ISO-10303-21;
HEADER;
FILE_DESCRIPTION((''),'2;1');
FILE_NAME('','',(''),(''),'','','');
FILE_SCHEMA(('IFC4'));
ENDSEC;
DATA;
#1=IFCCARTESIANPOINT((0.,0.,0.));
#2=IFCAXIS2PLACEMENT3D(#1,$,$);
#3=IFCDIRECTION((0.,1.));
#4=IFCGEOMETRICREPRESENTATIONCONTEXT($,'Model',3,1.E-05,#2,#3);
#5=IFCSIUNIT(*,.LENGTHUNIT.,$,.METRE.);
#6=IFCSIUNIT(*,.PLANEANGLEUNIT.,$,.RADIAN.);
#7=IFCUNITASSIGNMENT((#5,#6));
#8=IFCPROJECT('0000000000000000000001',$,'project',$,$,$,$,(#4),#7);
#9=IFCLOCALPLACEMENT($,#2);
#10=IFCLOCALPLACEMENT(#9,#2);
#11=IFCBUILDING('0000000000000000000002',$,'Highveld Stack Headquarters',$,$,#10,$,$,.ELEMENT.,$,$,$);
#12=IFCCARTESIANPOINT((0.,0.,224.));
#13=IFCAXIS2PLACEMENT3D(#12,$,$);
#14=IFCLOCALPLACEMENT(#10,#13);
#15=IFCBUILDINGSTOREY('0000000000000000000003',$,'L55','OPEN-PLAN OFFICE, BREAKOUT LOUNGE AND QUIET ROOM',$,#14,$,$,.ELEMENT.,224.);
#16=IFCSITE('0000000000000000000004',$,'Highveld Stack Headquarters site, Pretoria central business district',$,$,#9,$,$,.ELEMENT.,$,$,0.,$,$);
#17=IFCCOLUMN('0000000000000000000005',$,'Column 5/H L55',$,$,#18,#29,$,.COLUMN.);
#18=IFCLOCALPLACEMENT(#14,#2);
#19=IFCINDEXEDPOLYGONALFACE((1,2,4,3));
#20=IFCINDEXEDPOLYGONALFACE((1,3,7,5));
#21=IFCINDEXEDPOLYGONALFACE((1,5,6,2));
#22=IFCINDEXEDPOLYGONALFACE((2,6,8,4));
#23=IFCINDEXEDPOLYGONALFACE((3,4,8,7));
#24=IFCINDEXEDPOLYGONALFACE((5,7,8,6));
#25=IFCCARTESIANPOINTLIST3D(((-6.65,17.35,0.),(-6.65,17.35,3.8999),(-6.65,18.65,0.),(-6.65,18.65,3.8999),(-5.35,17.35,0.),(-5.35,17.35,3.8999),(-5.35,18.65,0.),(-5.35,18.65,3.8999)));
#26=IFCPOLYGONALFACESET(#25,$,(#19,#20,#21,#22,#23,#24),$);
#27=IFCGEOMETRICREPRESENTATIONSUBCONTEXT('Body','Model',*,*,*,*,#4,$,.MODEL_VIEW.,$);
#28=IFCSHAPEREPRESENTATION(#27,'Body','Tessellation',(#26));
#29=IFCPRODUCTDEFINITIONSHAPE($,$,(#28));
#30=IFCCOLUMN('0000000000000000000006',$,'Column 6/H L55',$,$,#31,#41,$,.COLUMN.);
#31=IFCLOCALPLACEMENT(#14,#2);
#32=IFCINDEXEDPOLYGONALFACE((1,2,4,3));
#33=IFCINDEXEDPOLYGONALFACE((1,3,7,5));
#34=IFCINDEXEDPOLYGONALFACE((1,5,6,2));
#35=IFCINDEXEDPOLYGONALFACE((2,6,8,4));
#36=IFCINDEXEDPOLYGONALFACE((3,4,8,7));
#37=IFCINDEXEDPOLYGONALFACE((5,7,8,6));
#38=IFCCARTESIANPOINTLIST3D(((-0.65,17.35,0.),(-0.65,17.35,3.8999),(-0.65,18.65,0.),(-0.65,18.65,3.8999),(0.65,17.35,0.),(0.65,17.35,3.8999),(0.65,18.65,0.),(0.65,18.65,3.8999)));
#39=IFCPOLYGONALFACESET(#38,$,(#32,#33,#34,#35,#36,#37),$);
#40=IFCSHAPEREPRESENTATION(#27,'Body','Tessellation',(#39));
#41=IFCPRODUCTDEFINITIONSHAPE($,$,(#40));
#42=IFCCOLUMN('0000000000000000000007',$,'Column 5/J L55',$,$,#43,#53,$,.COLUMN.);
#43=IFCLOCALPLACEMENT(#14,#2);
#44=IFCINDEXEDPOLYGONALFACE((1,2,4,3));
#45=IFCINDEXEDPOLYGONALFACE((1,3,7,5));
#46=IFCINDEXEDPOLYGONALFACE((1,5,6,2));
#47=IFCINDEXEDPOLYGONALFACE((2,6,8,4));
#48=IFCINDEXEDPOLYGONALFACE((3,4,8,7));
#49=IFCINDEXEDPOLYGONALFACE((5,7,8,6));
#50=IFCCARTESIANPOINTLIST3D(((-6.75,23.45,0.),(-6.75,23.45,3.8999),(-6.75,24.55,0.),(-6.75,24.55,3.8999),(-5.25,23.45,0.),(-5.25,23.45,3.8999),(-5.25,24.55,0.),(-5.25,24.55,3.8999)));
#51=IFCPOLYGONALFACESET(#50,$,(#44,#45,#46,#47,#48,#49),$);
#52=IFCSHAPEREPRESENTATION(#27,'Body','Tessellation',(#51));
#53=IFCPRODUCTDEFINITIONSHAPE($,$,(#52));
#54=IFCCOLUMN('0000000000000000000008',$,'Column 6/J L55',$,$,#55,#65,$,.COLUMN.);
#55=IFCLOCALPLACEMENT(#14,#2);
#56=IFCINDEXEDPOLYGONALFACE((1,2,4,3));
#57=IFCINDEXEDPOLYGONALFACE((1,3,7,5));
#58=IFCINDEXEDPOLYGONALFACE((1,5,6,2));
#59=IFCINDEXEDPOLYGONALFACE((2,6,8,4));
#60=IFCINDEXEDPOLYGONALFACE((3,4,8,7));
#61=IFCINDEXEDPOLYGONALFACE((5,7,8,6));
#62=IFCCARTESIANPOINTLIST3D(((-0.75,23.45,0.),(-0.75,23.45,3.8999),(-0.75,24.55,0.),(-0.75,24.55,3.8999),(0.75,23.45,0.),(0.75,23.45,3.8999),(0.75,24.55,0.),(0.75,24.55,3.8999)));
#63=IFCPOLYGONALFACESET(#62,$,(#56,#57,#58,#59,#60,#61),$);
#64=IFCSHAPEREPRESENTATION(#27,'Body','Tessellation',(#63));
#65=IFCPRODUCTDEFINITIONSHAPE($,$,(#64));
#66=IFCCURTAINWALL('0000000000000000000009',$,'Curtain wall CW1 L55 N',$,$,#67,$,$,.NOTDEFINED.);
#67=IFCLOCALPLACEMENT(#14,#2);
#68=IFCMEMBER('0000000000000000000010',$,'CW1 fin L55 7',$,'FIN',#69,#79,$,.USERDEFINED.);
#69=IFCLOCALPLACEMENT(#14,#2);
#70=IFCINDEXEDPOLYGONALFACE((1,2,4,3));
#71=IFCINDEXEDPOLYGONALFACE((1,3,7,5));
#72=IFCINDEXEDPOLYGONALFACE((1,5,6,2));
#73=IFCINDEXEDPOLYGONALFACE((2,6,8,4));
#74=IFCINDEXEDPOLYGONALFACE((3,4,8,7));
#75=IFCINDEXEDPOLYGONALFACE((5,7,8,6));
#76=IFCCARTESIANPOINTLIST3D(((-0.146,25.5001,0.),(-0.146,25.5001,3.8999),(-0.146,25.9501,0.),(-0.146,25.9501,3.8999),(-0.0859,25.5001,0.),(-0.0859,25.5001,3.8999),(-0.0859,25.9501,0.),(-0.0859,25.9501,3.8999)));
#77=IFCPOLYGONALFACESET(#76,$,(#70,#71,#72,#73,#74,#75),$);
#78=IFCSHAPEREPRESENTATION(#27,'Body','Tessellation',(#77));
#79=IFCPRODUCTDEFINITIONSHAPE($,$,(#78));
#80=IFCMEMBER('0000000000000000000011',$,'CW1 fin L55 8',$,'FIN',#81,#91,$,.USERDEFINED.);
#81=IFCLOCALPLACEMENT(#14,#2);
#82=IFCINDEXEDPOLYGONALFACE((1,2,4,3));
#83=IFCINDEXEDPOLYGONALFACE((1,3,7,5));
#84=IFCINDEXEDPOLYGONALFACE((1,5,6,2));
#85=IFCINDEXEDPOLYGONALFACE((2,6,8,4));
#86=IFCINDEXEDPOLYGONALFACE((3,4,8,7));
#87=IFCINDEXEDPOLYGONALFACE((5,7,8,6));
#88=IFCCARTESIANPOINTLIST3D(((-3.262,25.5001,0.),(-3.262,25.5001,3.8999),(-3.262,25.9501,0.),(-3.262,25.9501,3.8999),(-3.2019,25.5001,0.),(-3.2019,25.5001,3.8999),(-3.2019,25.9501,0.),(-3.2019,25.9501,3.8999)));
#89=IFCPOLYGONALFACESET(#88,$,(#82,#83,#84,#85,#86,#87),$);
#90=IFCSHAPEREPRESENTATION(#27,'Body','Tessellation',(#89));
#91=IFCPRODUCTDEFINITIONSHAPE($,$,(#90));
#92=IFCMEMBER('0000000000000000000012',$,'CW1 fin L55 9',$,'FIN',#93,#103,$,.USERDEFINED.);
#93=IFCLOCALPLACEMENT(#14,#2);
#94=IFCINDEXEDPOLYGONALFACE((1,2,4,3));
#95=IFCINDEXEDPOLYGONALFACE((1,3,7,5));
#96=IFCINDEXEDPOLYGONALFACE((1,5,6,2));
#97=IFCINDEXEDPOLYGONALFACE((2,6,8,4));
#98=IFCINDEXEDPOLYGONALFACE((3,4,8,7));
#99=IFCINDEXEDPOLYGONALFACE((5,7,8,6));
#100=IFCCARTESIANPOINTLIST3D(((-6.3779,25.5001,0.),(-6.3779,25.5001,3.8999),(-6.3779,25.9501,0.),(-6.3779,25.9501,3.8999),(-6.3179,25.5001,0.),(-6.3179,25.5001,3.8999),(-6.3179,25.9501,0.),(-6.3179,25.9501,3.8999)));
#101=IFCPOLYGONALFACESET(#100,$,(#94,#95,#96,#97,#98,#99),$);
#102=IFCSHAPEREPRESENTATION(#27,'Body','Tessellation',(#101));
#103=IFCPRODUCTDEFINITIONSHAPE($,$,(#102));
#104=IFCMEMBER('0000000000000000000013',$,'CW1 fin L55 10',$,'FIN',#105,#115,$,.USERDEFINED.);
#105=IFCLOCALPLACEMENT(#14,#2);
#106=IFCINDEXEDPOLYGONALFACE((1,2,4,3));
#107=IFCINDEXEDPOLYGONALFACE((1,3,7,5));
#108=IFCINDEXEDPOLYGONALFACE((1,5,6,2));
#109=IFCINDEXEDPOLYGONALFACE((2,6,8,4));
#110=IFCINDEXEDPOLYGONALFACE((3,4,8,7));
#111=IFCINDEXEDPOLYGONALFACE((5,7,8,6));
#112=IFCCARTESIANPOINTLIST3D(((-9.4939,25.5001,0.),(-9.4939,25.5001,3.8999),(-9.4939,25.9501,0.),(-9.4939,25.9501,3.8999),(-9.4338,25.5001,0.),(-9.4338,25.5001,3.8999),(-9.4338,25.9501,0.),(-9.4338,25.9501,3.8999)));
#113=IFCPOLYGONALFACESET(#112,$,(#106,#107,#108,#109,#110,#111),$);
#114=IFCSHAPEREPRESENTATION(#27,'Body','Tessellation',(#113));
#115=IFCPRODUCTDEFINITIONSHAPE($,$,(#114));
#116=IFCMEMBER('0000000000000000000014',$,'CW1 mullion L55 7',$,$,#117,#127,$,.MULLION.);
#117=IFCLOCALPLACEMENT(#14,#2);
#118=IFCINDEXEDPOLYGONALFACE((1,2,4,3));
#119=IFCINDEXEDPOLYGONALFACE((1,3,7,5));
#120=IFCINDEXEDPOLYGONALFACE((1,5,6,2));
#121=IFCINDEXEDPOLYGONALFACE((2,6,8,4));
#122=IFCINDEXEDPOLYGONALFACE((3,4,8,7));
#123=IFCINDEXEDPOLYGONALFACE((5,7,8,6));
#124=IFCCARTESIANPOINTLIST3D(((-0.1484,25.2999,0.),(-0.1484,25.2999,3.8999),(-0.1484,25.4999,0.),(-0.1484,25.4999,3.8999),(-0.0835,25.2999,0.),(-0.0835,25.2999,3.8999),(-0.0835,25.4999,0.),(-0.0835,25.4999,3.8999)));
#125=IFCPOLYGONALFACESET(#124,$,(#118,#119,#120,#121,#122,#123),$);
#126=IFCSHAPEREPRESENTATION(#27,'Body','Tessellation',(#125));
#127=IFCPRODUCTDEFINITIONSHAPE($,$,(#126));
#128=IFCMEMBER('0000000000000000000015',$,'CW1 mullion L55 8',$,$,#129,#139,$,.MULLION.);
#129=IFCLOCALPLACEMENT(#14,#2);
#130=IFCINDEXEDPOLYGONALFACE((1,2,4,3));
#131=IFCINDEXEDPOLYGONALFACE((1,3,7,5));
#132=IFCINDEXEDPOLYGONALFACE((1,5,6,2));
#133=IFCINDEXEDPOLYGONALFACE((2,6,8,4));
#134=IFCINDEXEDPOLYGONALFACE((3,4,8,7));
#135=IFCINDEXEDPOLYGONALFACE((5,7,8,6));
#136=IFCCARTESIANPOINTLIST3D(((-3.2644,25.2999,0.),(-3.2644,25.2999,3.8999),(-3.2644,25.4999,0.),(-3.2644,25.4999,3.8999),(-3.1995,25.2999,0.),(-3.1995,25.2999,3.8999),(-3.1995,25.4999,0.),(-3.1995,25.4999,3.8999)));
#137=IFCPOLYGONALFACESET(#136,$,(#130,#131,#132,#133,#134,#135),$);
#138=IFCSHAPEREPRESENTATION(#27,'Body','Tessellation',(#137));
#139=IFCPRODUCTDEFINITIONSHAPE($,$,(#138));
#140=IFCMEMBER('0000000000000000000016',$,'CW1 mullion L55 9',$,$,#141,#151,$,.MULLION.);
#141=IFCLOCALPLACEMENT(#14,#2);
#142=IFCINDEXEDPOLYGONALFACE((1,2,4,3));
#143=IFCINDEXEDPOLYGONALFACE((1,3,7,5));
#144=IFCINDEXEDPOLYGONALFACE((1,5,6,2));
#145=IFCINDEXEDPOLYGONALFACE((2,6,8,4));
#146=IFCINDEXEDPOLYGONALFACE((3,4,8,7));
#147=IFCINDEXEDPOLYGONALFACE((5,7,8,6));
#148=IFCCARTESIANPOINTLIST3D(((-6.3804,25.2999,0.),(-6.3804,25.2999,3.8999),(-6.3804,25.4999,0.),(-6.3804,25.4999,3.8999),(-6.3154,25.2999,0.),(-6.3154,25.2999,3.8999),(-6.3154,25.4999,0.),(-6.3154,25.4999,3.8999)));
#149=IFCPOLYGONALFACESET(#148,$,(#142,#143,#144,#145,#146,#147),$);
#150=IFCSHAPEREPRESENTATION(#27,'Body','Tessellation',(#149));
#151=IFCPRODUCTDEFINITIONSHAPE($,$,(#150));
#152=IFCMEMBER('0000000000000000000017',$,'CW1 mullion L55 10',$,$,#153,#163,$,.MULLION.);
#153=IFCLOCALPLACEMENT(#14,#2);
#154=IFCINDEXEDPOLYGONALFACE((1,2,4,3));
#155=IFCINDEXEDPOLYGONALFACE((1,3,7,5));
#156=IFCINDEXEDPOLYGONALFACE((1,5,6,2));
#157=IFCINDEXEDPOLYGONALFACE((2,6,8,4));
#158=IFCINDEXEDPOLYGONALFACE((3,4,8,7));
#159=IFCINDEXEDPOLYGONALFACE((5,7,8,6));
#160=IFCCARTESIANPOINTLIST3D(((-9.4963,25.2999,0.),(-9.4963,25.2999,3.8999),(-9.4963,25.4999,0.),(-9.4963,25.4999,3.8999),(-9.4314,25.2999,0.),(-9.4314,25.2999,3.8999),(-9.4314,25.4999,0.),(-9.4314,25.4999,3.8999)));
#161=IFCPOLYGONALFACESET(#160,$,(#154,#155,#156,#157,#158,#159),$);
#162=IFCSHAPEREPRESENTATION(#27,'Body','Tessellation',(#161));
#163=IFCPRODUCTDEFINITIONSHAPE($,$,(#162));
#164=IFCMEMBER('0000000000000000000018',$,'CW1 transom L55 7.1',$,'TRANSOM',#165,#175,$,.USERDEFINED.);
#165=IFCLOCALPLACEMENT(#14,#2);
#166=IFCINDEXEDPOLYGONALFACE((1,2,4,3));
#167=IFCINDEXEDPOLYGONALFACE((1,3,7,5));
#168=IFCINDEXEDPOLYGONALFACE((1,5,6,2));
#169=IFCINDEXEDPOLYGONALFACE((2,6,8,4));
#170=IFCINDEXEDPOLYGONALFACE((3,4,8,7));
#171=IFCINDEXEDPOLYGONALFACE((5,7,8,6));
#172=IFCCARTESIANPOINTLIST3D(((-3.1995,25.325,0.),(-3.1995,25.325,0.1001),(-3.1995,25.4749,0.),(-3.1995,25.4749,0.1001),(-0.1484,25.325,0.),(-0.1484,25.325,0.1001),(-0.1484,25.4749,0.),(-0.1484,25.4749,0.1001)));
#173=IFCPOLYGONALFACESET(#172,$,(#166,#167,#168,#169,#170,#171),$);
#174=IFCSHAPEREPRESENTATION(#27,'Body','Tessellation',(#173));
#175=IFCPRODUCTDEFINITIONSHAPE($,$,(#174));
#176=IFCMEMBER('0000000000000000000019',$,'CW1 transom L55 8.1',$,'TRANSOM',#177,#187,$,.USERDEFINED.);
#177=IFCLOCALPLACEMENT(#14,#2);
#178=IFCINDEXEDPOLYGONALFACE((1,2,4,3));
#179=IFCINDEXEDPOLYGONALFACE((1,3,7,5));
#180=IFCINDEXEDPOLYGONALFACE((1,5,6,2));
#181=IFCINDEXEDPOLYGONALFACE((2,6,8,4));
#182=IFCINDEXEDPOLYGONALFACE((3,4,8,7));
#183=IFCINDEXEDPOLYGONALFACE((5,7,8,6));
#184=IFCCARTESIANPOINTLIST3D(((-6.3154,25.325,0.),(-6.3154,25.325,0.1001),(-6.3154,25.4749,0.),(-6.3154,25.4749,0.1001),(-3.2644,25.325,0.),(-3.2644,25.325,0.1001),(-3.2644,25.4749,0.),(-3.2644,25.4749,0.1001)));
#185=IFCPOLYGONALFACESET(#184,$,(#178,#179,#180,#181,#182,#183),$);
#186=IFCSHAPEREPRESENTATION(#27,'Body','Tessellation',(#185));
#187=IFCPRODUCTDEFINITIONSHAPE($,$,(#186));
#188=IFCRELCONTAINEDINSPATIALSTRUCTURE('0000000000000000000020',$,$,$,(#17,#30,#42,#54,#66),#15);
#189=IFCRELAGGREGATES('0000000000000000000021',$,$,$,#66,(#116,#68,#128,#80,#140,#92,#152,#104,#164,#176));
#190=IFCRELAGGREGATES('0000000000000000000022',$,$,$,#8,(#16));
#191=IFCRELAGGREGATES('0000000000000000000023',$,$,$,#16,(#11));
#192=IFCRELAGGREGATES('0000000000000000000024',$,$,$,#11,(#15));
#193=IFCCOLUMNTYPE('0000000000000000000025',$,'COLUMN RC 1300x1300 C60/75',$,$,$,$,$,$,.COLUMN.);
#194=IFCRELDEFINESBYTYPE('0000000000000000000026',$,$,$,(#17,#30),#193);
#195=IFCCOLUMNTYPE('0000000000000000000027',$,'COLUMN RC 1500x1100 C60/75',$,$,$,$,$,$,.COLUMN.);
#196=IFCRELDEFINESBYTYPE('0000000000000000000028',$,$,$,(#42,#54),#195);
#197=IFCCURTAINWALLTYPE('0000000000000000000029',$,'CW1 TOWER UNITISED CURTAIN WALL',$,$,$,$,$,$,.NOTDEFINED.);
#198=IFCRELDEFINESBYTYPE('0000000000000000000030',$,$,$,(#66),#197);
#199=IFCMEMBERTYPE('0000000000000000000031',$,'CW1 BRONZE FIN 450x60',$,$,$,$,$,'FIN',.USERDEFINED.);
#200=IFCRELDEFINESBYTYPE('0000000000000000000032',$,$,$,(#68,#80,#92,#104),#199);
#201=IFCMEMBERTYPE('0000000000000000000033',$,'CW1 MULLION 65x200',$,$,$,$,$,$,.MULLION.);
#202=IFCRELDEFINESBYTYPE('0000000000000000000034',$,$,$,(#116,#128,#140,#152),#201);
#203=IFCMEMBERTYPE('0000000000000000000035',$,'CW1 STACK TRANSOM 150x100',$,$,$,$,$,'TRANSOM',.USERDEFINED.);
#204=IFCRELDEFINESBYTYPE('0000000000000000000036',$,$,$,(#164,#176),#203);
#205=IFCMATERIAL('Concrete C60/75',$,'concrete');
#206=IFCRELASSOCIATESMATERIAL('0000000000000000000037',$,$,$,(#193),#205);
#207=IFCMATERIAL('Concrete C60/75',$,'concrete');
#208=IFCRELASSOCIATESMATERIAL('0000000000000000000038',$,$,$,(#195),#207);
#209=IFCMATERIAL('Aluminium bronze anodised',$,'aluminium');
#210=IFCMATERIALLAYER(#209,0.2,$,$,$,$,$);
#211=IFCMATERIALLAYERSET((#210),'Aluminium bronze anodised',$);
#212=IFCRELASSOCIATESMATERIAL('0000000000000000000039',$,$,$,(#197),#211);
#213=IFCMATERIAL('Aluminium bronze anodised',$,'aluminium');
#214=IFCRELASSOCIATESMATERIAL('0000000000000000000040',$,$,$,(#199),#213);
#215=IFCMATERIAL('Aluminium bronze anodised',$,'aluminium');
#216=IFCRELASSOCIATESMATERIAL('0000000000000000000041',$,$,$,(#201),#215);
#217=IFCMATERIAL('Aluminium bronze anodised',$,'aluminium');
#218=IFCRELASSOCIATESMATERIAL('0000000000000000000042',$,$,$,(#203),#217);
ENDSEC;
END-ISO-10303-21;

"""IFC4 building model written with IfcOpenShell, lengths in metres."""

from ifc_helpers import new_model, si_unit, direction, frame, origin, origin_2d, place, context, subcontext, project, spatial, rectangle, extrude, material, layer, layer_set, material_profile, profile_set, type_object, element, aggregate, save


model = new_model("IFC4")

# Units and contexts
model_context = context("Model", 3, precision=1e-05, world=origin(), true_north=direction((0.0, 1.0)))
body_context = subcontext(model_context, "Body", "Model", "MODEL_VIEW")
ifc_project = project(units=[si_unit("LENGTHUNIT", "METRE"), si_unit("PLANEANGLEUNIT", "RADIAN")], contexts=[model_context])

# Site, building, storey
site_placement = place(None, origin())
site = spatial("IfcSite", under=ifc_project, at=site_placement, Name="Highveld Stack Headquarters site, Pretoria central business district", CompositionType="ELEMENT", RefElevation=0.0)
building_placement = place(site_placement, origin())
building = spatial("IfcBuilding", under=site, at=building_placement, Name="Highveld Stack Headquarters", CompositionType="ELEMENT")
storey_placement = place(building_placement, frame((0.0, 0.0, 224.0)))
storey = spatial("IfcBuildingStorey", under=building, at=storey_placement, Name="L55", Description="OPEN-PLAN OFFICE, BREAKOUT LOUNGE AND QUIET ROOM", CompositionType="ELEMENT", Elevation=224.0)

# Columns
ifc_material_1 = material(Name="Concrete C60/75", Category="concrete")
ifc_material_profile_1 = material_profile(ifc_material_1, rectangle(XDim=1.3, YDim=1.3, at=origin_2d()), Name="RC 1300x1300")
ifc_profile_set_1 = profile_set([ifc_material_profile_1], Name="Concrete C60/75")
column_type_1 = type_object("IfcColumnType", Name="COLUMN RC 1300x1300 C60/75", PredefinedType="COLUMN", material=ifc_profile_set_1)
for number, where, z_axis, x_axis, name in (
    (1, (-6.0, 18.0, 0.0), (0.0, 0.0, 1.0), (1.0, 0.0, 0.0), "Column 5/H L55"),
    (2, (0.0, 18.0, 0.0), (0.0, 0.0, 1.0), (1.0, 0.0, 0.0), "Column 6/H L55"),
):
    element("IfcColumn", number, at=place(storey_placement, frame(where, z_axis=z_axis, x_axis=x_axis)), inside=storey, type_object=column_type_1, Name=name, PredefinedType="COLUMN", context=body_context, shape_type="SweptSolid", body=[
        extrude(rectangle(XDim=1.3, YDim=1.3, at=origin_2d()), origin(), (0.0, 0.0, 1.0), 3.8999),
    ])
ifc_material_2 = material(Name="Concrete C60/75", Category="concrete")
ifc_material_profile_2 = material_profile(ifc_material_2, rectangle(XDim=1.5, YDim=1.1001, at=origin_2d()), Name="RC 1500x1100")
ifc_profile_set_2 = profile_set([ifc_material_profile_2], Name="Concrete C60/75")
column_type_2 = type_object("IfcColumnType", Name="COLUMN RC 1500x1100 C60/75", PredefinedType="COLUMN", material=ifc_profile_set_2)
for number, where, z_axis, x_axis, name in (
    (3, (-6.0, 24.0, 0.0), (0.0, 0.0, 1.0), (1.0, 0.0, 0.0), "Column 5/J L55"),
    (4, (0.0, 24.0, 0.0), (0.0, 0.0, 1.0), (1.0, 0.0, 0.0), "Column 6/J L55"),
):
    element("IfcColumn", number, at=place(storey_placement, frame(where, z_axis=z_axis, x_axis=x_axis)), inside=storey, type_object=column_type_2, Name=name, PredefinedType="COLUMN", context=body_context, shape_type="SweptSolid", body=[
        extrude(rectangle(XDim=1.5, YDim=1.1001, at=origin_2d()), origin(), (0.0, 0.0, 1.0), 3.8999),
    ])

# Curtain wall, members
ifc_material_3 = material(Name="Aluminium bronze anodised", Category="aluminium")
ifc_layer_1 = layer(ifc_material_3, 0.2)
ifc_layer_set_1 = layer_set([ifc_layer_1], Name="Aluminium bronze anodised")
curtain_wall_type = type_object("IfcCurtainWallType", Name="CW1 TOWER UNITISED CURTAIN WALL", PredefinedType="NOTDEFINED", material=ifc_layer_set_1)
curtain_wall_placement = place(storey_placement, origin())
curtain_wall = element("IfcCurtainWall", 5, at=curtain_wall_placement, inside=storey, type_object=curtain_wall_type, Name="Curtain wall CW1 L55 N", PredefinedType="NOTDEFINED")
ifc_material_4 = material(Name="Aluminium bronze anodised", Category="aluminium")
ifc_material_profile_3 = material_profile(ifc_material_4, rectangle(XDim=0.45, YDim=0.0601, at=origin_2d()), Name="FIN 450x60")
ifc_profile_set_3 = profile_set([ifc_material_profile_3], Name="Aluminium bronze anodised")
member_type_1 = type_object("IfcMemberType", Name="CW1 BRONZE FIN 450x60", ElementType="FIN", PredefinedType="USERDEFINED", material=ifc_profile_set_3)
member_1_placement = place(storey_placement, frame((-0.116, 25.7251, 0.0), z_axis=(0.0, 0.0, 1.0), x_axis=(0.0, -1.0, 0.0)))
member_1 = element("IfcMember", 6, at=member_1_placement, type_object=member_type_1, Name="CW1 fin L55 7", ObjectType="FIN", PredefinedType="USERDEFINED", context=body_context, shape_type="SweptSolid", body=[
    extrude(rectangle(XDim=0.45, YDim=0.0601, at=origin_2d()), origin(), (0.0, 0.0, 1.0), 3.8999),
])
member_2_placement = place(storey_placement, frame((-3.2319, 25.7251, 0.0), z_axis=(0.0, 0.0, 1.0), x_axis=(0.0, -1.0, 0.0)))
member_2 = element("IfcMember", 7, at=member_2_placement, type_object=member_type_1, Name="CW1 fin L55 8", ObjectType="FIN", PredefinedType="USERDEFINED", context=body_context, shape_type="SweptSolid", body=[
    extrude(rectangle(XDim=0.45, YDim=0.0601, at=origin_2d()), origin(), (0.0, 0.0, 1.0), 3.8999),
])
member_3_placement = place(storey_placement, frame((-6.3479, 25.7251, 0.0), z_axis=(0.0, 0.0, 1.0), x_axis=(0.0, -1.0, 0.0)))
member_3 = element("IfcMember", 8, at=member_3_placement, type_object=member_type_1, Name="CW1 fin L55 9", ObjectType="FIN", PredefinedType="USERDEFINED", context=body_context, shape_type="SweptSolid", body=[
    extrude(rectangle(XDim=0.45, YDim=0.0601, at=origin_2d()), origin(), (0.0, 0.0, 1.0), 3.8999),
])
member_4_placement = place(storey_placement, frame((-9.4639, 25.7251, 0.0), z_axis=(0.0, 0.0, 1.0), x_axis=(0.0, -1.0, 0.0)))
member_4 = element("IfcMember", 9, at=member_4_placement, type_object=member_type_1, Name="CW1 fin L55 10", ObjectType="FIN", PredefinedType="USERDEFINED", context=body_context, shape_type="SweptSolid", body=[
    extrude(rectangle(XDim=0.45, YDim=0.0601, at=origin_2d()), origin(), (0.0, 0.0, 1.0), 3.8999),
])
ifc_material_5 = material(Name="Aluminium bronze anodised", Category="aluminium")
ifc_material_profile_4 = material_profile(ifc_material_5, rectangle(XDim=0.2, YDim=0.0649, at=origin_2d()), Name="CW1 MULLION 65x200")
ifc_profile_set_4 = profile_set([ifc_material_profile_4], Name="Aluminium bronze anodised")
member_type_2 = type_object("IfcMemberType", Name="CW1 MULLION 65x200", PredefinedType="MULLION", material=ifc_profile_set_4)
member_5_placement = place(storey_placement, frame((-0.116, 25.3999, 0.0), z_axis=(0.0, 0.0, 1.0), x_axis=(0.0, -1.0, 0.0)))
member_5 = element("IfcMember", 10, at=member_5_placement, type_object=member_type_2, Name="CW1 mullion L55 7", PredefinedType="MULLION", context=body_context, shape_type="SweptSolid", body=[
    extrude(rectangle(XDim=0.2, YDim=0.0649, at=origin_2d()), origin(), (0.0, 0.0, 1.0), 3.8999),
])
member_6_placement = place(storey_placement, frame((-3.2319, 25.3999, 0.0), z_axis=(0.0, 0.0, 1.0), x_axis=(0.0, -1.0, 0.0)))
member_6 = element("IfcMember", 11, at=member_6_placement, type_object=member_type_2, Name="CW1 mullion L55 8", PredefinedType="MULLION", context=body_context, shape_type="SweptSolid", body=[
    extrude(rectangle(XDim=0.2, YDim=0.0649, at=origin_2d()), origin(), (0.0, 0.0, 1.0), 3.8999),
])
member_7_placement = place(storey_placement, frame((-6.3479, 25.3999, 0.0), z_axis=(0.0, 0.0, 1.0), x_axis=(0.0, -1.0, 0.0)))
member_7 = element("IfcMember", 12, at=member_7_placement, type_object=member_type_2, Name="CW1 mullion L55 9", PredefinedType="MULLION", context=body_context, shape_type="SweptSolid", body=[
    extrude(rectangle(XDim=0.2, YDim=0.0649, at=origin_2d()), origin(), (0.0, 0.0, 1.0), 3.8999),
])
member_8_placement = place(storey_placement, frame((-9.4639, 25.3999, 0.0), z_axis=(0.0, 0.0, 1.0), x_axis=(0.0, -1.0, 0.0)))
member_8 = element("IfcMember", 13, at=member_8_placement, type_object=member_type_2, Name="CW1 mullion L55 10", PredefinedType="MULLION", context=body_context, shape_type="SweptSolid", body=[
    extrude(rectangle(XDim=0.2, YDim=0.0649, at=origin_2d()), origin(), (0.0, 0.0, 1.0), 3.8999),
])
ifc_material_6 = material(Name="Aluminium bronze anodised", Category="aluminium")
ifc_material_profile_5 = material_profile(ifc_material_6, rectangle(XDim=0.1499, YDim=0.1001, at=origin_2d()), Name="CW1 TRANSOM 150x100")
ifc_profile_set_5 = profile_set([ifc_material_profile_5], Name="Aluminium bronze anodised")
member_type_3 = type_object("IfcMemberType", Name="CW1 STACK TRANSOM 150x100", ElementType="TRANSOM", PredefinedType="USERDEFINED", material=ifc_profile_set_5)
member_9_placement = place(storey_placement, frame((-0.1484, 25.3999, 0.05), z_axis=(-1.0, 0.0, 0.0), x_axis=(0.0, -1.0, 0.0)))
member_9 = element("IfcMember", 14, at=member_9_placement, type_object=member_type_3, Name="CW1 transom L55 7.1", ObjectType="TRANSOM", PredefinedType="USERDEFINED", context=body_context, shape_type="SweptSolid", body=[
    extrude(rectangle(XDim=0.1499, YDim=0.1001, at=origin_2d()), origin(), (0.0, 0.0, 1.0), 3.051),
])
member_10_placement = place(storey_placement, frame((-3.2644, 25.3999, 0.05), z_axis=(-1.0, 0.0, 0.0), x_axis=(0.0, -1.0, 0.0)))
member_10 = element("IfcMember", 15, at=member_10_placement, type_object=member_type_3, Name="CW1 transom L55 8.1", ObjectType="TRANSOM", PredefinedType="USERDEFINED", context=body_context, shape_type="SweptSolid", body=[
    extrude(rectangle(XDim=0.1499, YDim=0.1001, at=origin_2d()), origin(), (0.0, 0.0, 1.0), 3.051),
])
aggregate(curtain_wall, [member_5, member_1, member_6, member_2, member_7, member_3, member_8, member_4, member_9, member_10])

save(model, "model.ifc")
